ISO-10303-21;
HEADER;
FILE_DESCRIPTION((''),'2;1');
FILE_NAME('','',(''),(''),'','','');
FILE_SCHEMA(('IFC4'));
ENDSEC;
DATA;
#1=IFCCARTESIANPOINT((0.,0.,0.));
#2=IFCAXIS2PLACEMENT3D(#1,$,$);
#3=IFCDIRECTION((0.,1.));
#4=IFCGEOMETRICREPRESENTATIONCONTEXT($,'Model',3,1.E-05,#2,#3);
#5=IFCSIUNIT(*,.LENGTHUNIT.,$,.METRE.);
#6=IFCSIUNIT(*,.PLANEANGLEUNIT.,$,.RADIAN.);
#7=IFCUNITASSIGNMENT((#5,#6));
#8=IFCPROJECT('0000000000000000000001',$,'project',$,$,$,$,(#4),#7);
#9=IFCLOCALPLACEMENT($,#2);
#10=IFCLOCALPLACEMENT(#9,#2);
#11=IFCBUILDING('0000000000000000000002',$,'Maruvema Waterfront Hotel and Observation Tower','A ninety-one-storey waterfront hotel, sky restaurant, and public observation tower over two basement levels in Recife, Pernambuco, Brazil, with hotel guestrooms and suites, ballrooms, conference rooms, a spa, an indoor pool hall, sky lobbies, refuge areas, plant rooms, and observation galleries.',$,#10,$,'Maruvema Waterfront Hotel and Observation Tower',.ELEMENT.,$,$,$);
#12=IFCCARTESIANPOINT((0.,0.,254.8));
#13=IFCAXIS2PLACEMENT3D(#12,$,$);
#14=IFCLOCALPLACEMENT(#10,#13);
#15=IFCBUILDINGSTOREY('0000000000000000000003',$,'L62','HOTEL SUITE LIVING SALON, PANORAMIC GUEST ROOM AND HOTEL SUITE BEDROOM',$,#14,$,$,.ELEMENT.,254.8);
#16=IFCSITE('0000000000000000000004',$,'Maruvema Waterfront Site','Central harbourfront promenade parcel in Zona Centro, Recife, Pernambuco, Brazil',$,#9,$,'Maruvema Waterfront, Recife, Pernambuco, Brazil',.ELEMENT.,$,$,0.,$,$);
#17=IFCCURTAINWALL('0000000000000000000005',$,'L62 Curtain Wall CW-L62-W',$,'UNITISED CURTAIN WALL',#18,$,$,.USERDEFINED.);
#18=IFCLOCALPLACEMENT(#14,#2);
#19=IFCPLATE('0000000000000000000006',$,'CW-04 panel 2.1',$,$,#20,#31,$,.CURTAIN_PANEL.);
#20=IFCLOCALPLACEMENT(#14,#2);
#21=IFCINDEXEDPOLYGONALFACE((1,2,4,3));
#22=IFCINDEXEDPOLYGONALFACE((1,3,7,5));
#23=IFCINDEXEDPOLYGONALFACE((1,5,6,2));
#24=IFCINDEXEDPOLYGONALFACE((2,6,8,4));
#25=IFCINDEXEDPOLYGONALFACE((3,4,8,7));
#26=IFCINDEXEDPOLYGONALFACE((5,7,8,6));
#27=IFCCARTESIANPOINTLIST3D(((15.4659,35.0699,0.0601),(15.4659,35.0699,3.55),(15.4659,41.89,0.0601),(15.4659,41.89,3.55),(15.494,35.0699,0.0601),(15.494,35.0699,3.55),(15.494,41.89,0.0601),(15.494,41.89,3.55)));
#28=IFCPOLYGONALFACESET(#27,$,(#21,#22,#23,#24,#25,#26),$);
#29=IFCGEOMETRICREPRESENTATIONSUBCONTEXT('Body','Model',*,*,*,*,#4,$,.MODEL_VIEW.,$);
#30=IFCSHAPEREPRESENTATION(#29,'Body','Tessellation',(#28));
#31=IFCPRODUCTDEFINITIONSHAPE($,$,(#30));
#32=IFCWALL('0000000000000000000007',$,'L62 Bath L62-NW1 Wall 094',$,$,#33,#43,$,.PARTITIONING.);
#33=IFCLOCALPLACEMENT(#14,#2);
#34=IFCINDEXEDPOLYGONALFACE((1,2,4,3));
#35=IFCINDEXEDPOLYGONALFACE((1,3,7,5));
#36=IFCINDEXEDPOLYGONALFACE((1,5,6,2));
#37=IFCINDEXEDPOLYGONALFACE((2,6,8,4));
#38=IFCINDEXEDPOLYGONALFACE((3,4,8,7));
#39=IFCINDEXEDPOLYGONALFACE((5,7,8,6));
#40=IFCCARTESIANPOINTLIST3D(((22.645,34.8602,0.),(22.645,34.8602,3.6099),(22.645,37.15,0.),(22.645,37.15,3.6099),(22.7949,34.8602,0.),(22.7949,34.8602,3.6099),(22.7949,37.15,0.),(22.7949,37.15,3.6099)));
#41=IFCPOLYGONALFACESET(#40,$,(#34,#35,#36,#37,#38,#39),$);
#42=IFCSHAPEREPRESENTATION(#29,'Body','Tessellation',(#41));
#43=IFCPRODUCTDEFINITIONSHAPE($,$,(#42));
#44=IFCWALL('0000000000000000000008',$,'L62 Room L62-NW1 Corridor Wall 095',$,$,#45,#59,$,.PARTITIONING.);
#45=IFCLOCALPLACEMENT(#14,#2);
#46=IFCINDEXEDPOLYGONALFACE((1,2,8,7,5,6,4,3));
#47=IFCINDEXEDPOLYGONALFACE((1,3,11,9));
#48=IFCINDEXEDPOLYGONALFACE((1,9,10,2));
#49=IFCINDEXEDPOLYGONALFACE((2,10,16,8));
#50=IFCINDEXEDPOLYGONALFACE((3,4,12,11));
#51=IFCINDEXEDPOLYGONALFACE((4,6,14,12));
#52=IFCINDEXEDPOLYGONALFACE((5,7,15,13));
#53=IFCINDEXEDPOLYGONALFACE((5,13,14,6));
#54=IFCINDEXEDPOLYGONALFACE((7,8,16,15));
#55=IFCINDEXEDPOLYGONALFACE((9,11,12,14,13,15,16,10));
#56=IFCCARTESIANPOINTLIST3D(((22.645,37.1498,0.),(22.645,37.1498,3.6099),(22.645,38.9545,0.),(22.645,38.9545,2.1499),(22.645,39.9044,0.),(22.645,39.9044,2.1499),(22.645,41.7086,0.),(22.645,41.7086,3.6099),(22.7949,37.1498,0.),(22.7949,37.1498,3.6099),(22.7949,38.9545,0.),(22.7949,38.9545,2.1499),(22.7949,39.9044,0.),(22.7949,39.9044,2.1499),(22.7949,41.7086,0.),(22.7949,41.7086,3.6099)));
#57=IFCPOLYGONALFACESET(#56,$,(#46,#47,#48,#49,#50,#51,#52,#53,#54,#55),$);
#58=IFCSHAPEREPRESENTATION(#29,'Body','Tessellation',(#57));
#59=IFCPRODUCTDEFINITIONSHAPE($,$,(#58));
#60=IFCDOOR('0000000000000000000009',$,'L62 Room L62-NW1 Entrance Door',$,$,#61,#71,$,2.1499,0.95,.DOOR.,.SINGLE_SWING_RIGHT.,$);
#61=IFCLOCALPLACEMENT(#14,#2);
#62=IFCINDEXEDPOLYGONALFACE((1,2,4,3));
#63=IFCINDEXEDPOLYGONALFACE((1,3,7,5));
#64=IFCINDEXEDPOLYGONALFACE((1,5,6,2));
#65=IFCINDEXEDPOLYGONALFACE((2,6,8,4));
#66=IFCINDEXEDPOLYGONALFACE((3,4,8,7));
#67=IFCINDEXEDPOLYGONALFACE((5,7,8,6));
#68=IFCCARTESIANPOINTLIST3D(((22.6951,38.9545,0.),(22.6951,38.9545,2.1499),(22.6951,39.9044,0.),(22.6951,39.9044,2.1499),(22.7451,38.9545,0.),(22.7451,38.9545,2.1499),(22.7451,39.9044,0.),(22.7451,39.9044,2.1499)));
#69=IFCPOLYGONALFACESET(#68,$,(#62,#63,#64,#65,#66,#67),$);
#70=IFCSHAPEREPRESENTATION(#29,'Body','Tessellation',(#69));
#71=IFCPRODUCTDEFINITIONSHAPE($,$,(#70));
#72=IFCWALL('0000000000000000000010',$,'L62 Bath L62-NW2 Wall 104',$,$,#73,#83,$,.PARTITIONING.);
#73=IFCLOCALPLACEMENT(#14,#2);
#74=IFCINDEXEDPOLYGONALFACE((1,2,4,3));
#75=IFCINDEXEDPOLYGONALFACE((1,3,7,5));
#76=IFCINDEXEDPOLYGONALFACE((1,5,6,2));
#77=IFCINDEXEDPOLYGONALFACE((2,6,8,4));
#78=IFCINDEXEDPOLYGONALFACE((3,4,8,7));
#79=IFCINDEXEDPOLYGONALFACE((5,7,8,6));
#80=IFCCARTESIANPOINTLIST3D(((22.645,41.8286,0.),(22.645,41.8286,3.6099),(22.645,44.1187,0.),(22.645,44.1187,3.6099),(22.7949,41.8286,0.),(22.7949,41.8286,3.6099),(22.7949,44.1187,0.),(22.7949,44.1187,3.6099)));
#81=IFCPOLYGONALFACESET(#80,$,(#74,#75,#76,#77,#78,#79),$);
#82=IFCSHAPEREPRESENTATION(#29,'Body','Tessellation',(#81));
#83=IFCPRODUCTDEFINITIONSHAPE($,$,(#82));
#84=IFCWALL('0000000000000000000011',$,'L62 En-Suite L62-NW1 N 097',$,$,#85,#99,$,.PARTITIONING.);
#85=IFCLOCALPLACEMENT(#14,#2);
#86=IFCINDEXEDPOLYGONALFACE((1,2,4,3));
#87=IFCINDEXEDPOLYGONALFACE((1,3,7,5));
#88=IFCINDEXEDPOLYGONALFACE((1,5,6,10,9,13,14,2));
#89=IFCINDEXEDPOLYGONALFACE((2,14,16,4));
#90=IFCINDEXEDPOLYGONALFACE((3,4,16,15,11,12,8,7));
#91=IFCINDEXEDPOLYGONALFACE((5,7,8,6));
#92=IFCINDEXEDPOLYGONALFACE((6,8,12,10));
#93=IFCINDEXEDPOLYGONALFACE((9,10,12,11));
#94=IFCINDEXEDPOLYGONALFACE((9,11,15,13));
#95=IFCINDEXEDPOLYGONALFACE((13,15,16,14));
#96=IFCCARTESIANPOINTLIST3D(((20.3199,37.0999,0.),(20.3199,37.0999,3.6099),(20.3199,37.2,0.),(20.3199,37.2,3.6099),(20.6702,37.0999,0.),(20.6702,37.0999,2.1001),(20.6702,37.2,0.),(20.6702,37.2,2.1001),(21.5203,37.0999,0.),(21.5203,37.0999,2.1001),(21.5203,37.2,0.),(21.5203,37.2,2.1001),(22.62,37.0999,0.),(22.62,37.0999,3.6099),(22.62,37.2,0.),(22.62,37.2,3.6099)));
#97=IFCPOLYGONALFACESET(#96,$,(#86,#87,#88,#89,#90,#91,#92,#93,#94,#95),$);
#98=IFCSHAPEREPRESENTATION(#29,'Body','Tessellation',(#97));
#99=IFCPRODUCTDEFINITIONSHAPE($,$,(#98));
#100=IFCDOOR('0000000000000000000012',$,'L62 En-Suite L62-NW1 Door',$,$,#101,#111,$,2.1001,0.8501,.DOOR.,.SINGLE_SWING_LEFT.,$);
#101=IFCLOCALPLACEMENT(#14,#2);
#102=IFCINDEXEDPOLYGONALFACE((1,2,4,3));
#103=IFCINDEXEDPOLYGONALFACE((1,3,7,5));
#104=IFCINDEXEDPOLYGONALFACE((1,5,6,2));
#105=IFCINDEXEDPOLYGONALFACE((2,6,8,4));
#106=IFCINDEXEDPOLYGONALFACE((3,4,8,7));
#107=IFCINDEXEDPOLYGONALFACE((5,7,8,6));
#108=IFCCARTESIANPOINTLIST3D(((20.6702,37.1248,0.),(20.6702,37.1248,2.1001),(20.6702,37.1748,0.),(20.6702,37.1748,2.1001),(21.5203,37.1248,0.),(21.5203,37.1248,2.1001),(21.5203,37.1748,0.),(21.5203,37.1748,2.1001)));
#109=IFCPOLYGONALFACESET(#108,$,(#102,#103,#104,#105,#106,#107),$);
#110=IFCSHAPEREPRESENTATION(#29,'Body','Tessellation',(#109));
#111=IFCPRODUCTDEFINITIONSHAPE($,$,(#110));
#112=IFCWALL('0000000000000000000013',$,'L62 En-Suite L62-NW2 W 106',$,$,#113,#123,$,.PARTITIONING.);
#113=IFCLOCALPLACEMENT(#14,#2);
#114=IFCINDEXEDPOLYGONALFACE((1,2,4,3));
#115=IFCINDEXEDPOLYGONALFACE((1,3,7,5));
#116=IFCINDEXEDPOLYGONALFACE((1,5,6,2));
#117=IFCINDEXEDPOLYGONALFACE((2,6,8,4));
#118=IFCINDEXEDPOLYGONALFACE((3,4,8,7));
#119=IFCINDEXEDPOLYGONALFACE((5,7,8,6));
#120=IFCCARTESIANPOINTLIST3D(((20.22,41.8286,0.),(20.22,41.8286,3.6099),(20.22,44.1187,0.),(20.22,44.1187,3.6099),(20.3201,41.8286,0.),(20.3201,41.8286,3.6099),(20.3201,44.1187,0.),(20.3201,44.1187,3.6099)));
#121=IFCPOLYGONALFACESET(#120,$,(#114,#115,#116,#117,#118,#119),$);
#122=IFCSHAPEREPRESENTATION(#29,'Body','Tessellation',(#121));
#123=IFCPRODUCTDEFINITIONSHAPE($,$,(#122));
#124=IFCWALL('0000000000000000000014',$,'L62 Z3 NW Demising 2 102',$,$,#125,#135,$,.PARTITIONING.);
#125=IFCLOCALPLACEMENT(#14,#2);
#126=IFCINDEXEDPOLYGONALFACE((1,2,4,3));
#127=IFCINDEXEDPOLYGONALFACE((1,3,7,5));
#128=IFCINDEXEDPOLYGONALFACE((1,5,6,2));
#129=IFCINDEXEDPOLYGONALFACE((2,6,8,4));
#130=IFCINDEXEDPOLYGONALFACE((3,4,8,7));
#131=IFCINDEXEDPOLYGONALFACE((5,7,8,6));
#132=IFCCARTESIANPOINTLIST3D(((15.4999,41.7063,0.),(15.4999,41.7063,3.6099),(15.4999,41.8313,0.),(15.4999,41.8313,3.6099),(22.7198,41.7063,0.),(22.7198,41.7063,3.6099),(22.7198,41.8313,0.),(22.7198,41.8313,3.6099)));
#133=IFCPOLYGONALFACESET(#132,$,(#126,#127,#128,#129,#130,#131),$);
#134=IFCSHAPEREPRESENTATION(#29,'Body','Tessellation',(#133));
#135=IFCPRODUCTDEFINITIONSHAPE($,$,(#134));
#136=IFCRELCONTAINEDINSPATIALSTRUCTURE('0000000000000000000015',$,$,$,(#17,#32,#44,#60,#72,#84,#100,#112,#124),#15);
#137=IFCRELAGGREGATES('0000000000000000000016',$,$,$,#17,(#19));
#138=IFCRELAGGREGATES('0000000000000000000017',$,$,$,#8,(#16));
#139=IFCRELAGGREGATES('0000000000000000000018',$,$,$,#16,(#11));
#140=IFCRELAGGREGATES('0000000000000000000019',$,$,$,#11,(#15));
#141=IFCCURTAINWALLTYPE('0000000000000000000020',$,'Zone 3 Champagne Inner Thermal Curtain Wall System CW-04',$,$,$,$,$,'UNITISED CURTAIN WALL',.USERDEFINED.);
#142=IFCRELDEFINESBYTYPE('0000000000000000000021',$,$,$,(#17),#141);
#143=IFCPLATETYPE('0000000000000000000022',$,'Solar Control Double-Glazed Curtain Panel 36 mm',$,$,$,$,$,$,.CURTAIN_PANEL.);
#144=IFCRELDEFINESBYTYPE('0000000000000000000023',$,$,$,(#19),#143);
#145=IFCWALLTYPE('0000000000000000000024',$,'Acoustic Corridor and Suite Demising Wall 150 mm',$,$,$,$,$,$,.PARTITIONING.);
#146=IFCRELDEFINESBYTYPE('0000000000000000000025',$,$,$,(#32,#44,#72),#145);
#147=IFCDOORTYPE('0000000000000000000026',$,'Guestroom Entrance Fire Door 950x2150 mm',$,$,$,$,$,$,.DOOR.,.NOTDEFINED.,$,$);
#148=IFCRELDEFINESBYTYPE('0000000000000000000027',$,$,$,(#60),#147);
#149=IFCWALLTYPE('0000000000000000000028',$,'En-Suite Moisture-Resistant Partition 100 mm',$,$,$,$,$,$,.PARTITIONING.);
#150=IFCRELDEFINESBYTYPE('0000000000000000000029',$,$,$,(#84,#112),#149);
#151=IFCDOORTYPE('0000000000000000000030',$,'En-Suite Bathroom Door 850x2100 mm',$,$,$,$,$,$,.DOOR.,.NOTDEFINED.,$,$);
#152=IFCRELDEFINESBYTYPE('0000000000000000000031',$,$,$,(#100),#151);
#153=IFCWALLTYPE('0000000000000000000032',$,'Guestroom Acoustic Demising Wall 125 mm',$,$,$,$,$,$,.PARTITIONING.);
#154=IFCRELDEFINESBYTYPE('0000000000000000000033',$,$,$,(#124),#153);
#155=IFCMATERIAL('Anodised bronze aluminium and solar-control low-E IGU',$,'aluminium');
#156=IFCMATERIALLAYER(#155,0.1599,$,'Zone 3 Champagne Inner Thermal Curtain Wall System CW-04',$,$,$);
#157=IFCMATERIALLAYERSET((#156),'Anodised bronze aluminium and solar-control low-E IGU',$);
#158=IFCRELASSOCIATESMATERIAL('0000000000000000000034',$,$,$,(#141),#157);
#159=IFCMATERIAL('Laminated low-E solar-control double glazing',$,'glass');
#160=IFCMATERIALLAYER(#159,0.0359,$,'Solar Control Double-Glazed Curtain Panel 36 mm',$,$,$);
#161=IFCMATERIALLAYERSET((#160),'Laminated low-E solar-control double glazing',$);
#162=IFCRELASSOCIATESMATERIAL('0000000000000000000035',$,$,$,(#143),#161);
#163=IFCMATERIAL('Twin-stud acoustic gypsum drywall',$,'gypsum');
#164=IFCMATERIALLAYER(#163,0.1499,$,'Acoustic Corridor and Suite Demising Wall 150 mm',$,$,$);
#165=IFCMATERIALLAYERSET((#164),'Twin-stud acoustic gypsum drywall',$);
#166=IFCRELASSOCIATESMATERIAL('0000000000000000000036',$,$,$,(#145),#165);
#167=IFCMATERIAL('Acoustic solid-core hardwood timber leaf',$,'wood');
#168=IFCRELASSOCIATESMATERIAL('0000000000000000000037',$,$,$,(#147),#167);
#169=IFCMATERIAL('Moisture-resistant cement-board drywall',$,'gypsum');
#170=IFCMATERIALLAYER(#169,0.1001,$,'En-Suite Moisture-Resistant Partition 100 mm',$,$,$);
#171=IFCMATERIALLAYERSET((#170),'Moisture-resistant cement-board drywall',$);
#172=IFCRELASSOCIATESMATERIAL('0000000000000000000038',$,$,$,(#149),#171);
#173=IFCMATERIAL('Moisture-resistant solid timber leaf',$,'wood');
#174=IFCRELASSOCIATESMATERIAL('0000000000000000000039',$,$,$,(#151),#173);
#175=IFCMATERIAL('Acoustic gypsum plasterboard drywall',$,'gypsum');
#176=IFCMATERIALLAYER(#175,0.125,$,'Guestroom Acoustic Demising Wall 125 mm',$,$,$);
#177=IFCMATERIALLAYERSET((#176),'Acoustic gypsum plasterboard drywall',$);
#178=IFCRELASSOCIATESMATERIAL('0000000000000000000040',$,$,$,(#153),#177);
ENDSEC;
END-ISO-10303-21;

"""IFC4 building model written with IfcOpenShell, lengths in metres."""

from ifc_helpers import new_model, si_unit, direction, frame, frame_2d, origin, origin_2d, place, context, subcontext, project, spatial, rectangle, extrude, material, layer, layer_set, type_object, element, fill, aggregate, save


model = new_model("IFC4")

# Units and contexts
model_context = context("Model", 3, precision=1e-05, world=origin(), true_north=direction((0.0, 1.0)))
body_context = subcontext(model_context, "Body", "Model", "MODEL_VIEW")
ifc_project = project(units=[si_unit("LENGTHUNIT", "METRE"), si_unit("PLANEANGLEUNIT", "RADIAN")], contexts=[model_context])

# Site, building, storey
site_placement = place(None, origin())
site = spatial("IfcSite", under=ifc_project, at=site_placement, Name="Maruvema Waterfront Site", Description="Central harbourfront promenade parcel in Zona Centro, Recife, Pernambuco, Brazil", LongName="Maruvema Waterfront, Recife, Pernambuco, Brazil", CompositionType="ELEMENT", RefElevation=0.0)
building_placement = place(site_placement, origin())
building = spatial("IfcBuilding", under=site, at=building_placement, Name="Maruvema Waterfront Hotel and Observation Tower", Description="A ninety-one-storey waterfront hotel, sky restaurant, and public observation tower over two basement levels in Recife, Pernambuco, Brazil, with hotel guestrooms and suites, ballrooms, conference rooms, a spa, an indoor pool hall, sky lobbies, refuge areas, plant rooms, and observation galleries.", LongName="Maruvema Waterfront Hotel and Observation Tower", CompositionType="ELEMENT")
storey_placement = place(building_placement, frame((0.0, 0.0, 254.8)))
storey = spatial("IfcBuildingStorey", under=building, at=storey_placement, Name="L62", Description="HOTEL SUITE LIVING SALON, PANORAMIC GUEST ROOM AND HOTEL SUITE BEDROOM", CompositionType="ELEMENT", Elevation=254.8)

# Curtain wall
ifc_material_1 = material(Name="Anodised bronze aluminium and solar-control low-E IGU", Category="aluminium")
ifc_layer_1 = layer(ifc_material_1, 0.1599, Name="Zone 3 Champagne Inner Thermal Curtain Wall System CW-04")
ifc_layer_set_1 = layer_set([ifc_layer_1], Name="Anodised bronze aluminium and solar-control low-E IGU")
curtain_wall_type = type_object("IfcCurtainWallType", Name="Zone 3 Champagne Inner Thermal Curtain Wall System CW-04", ElementType="UNITISED CURTAIN WALL", PredefinedType="USERDEFINED", material=ifc_layer_set_1)
curtain_wall_placement = place(storey_placement, origin())
curtain_wall = element("IfcCurtainWall", 1, at=curtain_wall_placement, inside=storey, type_object=curtain_wall_type, Name="L62 Curtain Wall CW-L62-W", ObjectType="UNITISED CURTAIN WALL", PredefinedType="USERDEFINED")

# Plate
ifc_material_2 = material(Name="Laminated low-E solar-control double glazing", Category="glass")
ifc_layer_2 = layer(ifc_material_2, 0.0359, Name="Solar Control Double-Glazed Curtain Panel 36 mm")
ifc_layer_set_2 = layer_set([ifc_layer_2], Name="Laminated low-E solar-control double glazing")
plate_type = type_object("IfcPlateType", Name="Solar Control Double-Glazed Curtain Panel 36 mm", PredefinedType="CURTAIN_PANEL", material=ifc_layer_set_2)
plate_placement = place(storey_placement, frame((15.48, 38.48, 0.0601), z_axis=(0.0, 0.0, 1.0), x_axis=(0.0, -1.0, 0.0)))
plate = element("IfcPlate", 2, at=plate_placement, type_object=plate_type, Name="CW-04 panel 2.1", PredefinedType="CURTAIN_PANEL", context=body_context, shape_type="SweptSolid", body=[
    extrude(rectangle(XDim=6.8201, YDim=0.0281, at=origin_2d()), origin(), (0.0, 0.0, 1.0), 3.49),
])
aggregate(curtain_wall, [plate])

# Wall
ifc_material_3 = material(Name="Twin-stud acoustic gypsum drywall", Category="gypsum")
ifc_layer_3 = layer(ifc_material_3, 0.1499, Name="Acoustic Corridor and Suite Demising Wall 150 mm")
ifc_layer_set_3 = layer_set([ifc_layer_3], Name="Twin-stud acoustic gypsum drywall")
wall_type_1 = type_object("IfcWallType", Name="Acoustic Corridor and Suite Demising Wall 150 mm", PredefinedType="PARTITIONING", material=ifc_layer_set_3)
wall_1_placement = place(storey_placement, frame((22.72, 34.8601, 0.0), z_axis=(0.0, 0.0, 1.0), x_axis=(0.0, 1.0, 0.0)))
element("IfcWall", 3, at=wall_1_placement, inside=storey, type_object=wall_type_1, Name="L62 Bath L62-NW1 Wall 094", PredefinedType="PARTITIONING", context=body_context, shape_type="SweptSolid", body=[
    extrude(rectangle(XDim=2.2898, YDim=0.1499, at=frame_2d((1.145, 0.0))), origin(), (0.0, 0.0, 1.0), 3.6099),
])

# Wall, opening, door
wall_2_placement = place(storey_placement, frame((22.72, 37.1499, 0.0), z_axis=(0.0, 0.0, 1.0), x_axis=(0.0, 1.0, 0.0)))
wall_2 = element("IfcWall", 4, at=wall_2_placement, inside=storey, type_object=wall_type_1, Name="L62 Room L62-NW1 Corridor Wall 095", PredefinedType="PARTITIONING", context=body_context, shape_type="SweptSolid", body=[
    extrude(rectangle(XDim=4.5588, YDim=0.1499, at=frame_2d((2.2793, 0.0))), origin(), (0.0, 0.0, 1.0), 3.6099),
])
opening_1_placement = place(wall_2_placement, frame((1.8044, 0.0, 0.0)))
opening_1 = element("IfcOpeningElement", 5, at=opening_1_placement, cuts=wall_2, PredefinedType="OPENING", context=body_context, shape_type="SweptSolid", body=[
    extrude(rectangle(XDim=0.95, YDim=2.1499, at=frame_2d((0.4751, 1.075))), frame((0.0, 0.085, 0.0), z_axis=(0.0, -1.0, 0.0), x_axis=(1.0, 0.0, 0.0)), (0.0, 0.0, 1.0), 0.1699),
])
ifc_material_4 = material(Name="Acoustic solid-core hardwood timber leaf", Category="wood")
door_type_1 = type_object("IfcDoorType", Name="Guestroom Entrance Fire Door 950x2150 mm", OperationType="NOTDEFINED", PredefinedType="DOOR", material=ifc_material_4)
door_1_placement = place(opening_1_placement, origin())
door_1 = element("IfcDoor", 6, at=door_1_placement, inside=storey, type_object=door_type_1, Name="L62 Room L62-NW1 Entrance Door", OperationType="SINGLE_SWING_RIGHT", OverallHeight=2.1499, OverallWidth=0.95, PredefinedType="DOOR", context=body_context, shape_type="SweptSolid", body=[
    extrude(rectangle(XDim=0.95, YDim=2.1499, at=frame_2d((0.4751, 1.075))), frame((0.0, 0.0249, 0.0), z_axis=(0.0, -1.0, 0.0), x_axis=(1.0, 0.0, 0.0)), (0.0, 0.0, 1.0), 0.05),
])
fill(opening_1, door_1)

# Wall
wall_3_placement = place(storey_placement, frame((22.72, 41.8286, 0.0), z_axis=(0.0, 0.0, 1.0), x_axis=(0.0, 1.0, 0.0)))
element("IfcWall", 7, at=wall_3_placement, inside=storey, type_object=wall_type_1, Name="L62 Bath L62-NW2 Wall 104", PredefinedType="PARTITIONING", context=body_context, shape_type="SweptSolid", body=[
    extrude(rectangle(XDim=2.29, YDim=0.1499, at=frame_2d((1.145, 0.0))), origin(), (0.0, 0.0, 1.0), 3.6099),
])

# Wall, opening, door
ifc_material_5 = material(Name="Moisture-resistant cement-board drywall", Category="gypsum")
ifc_layer_4 = layer(ifc_material_5, 0.1001, Name="En-Suite Moisture-Resistant Partition 100 mm")
ifc_layer_set_4 = layer_set([ifc_layer_4], Name="Moisture-resistant cement-board drywall")
wall_type_2 = type_object("IfcWallType", Name="En-Suite Moisture-Resistant Partition 100 mm", PredefinedType="PARTITIONING", material=ifc_layer_set_4)
wall_4_placement = place(storey_placement, frame((20.3201, 37.1499, 0.0), z_axis=(0.0, 0.0, 1.0), x_axis=(1.0, 0.0, 0.0)))
wall_4 = element("IfcWall", 8, at=wall_4_placement, inside=storey, type_object=wall_type_2, Name="L62 En-Suite L62-NW1 N 097", PredefinedType="PARTITIONING", context=body_context, shape_type="SweptSolid", body=[
    extrude(rectangle(XDim=2.3, YDim=0.1001, at=frame_2d((1.1499, 0.0))), origin(), (0.0, 0.0, 1.0), 3.6099),
])
opening_2_placement = place(wall_4_placement, frame((0.3501, 0.0, 0.0)))
opening_2 = element("IfcOpeningElement", 9, at=opening_2_placement, cuts=wall_4, PredefinedType="OPENING", context=body_context, shape_type="SweptSolid", body=[
    extrude(rectangle(XDim=0.8501, YDim=2.1001, at=frame_2d((0.425, 1.05))), frame((0.0, 0.0601, 0.0), z_axis=(0.0, -1.0, 0.0), x_axis=(1.0, 0.0, 0.0)), (0.0, 0.0, 1.0), 0.1201),
])
ifc_material_6 = material(Name="Moisture-resistant solid timber leaf", Category="wood")
door_type_2 = type_object("IfcDoorType", Name="En-Suite Bathroom Door 850x2100 mm", OperationType="NOTDEFINED", PredefinedType="DOOR", material=ifc_material_6)
door_2_placement = place(opening_2_placement, origin())
door_2 = element("IfcDoor", 10, at=door_2_placement, inside=storey, type_object=door_type_2, Name="L62 En-Suite L62-NW1 Door", OperationType="SINGLE_SWING_LEFT", OverallHeight=2.1001, OverallWidth=0.8501, PredefinedType="DOOR", context=body_context, shape_type="SweptSolid", body=[
    extrude(rectangle(XDim=0.8501, YDim=2.1001, at=frame_2d((0.425, 1.05))), frame((0.0, 0.0249, 0.0), z_axis=(0.0, -1.0, 0.0), x_axis=(1.0, 0.0, 0.0)), (0.0, 0.0, 1.0), 0.05),
])
fill(opening_2, door_2)

# Walls
wall_5_placement = place(storey_placement, frame((20.27, 41.8286, 0.0), z_axis=(0.0, 0.0, 1.0), x_axis=(0.0, 1.0, 0.0)))
element("IfcWall", 11, at=wall_5_placement, inside=storey, type_object=wall_type_2, Name="L62 En-Suite L62-NW2 W 106", PredefinedType="PARTITIONING", context=body_context, shape_type="SweptSolid", body=[
    extrude(rectangle(XDim=2.29, YDim=0.1001, at=frame_2d((1.145, 0.0))), origin(), (0.0, 0.0, 1.0), 3.6099),
])
ifc_material_7 = material(Name="Acoustic gypsum plasterboard drywall", Category="gypsum")
ifc_layer_5 = layer(ifc_material_7, 0.125, Name="Guestroom Acoustic Demising Wall 125 mm")
ifc_layer_set_5 = layer_set([ifc_layer_5], Name="Acoustic gypsum plasterboard drywall")
wall_type_3 = type_object("IfcWallType", Name="Guestroom Acoustic Demising Wall 125 mm", PredefinedType="PARTITIONING", material=ifc_layer_set_5)
wall_6_placement = place(storey_placement, frame((15.5, 41.7688, 0.0), z_axis=(0.0, 0.0, 1.0), x_axis=(1.0, 0.0, 0.0)))
element("IfcWall", 12, at=wall_6_placement, inside=storey, type_object=wall_type_3, Name="L62 Z3 NW Demising 2 102", PredefinedType="PARTITIONING", context=body_context, shape_type="SweptSolid", body=[
    extrude(rectangle(XDim=7.22, YDim=0.125, at=frame_2d((3.6099, 0.0))), origin(), (0.0, 0.0, 1.0), 3.6099),
])

save(model, "model.ifc")
